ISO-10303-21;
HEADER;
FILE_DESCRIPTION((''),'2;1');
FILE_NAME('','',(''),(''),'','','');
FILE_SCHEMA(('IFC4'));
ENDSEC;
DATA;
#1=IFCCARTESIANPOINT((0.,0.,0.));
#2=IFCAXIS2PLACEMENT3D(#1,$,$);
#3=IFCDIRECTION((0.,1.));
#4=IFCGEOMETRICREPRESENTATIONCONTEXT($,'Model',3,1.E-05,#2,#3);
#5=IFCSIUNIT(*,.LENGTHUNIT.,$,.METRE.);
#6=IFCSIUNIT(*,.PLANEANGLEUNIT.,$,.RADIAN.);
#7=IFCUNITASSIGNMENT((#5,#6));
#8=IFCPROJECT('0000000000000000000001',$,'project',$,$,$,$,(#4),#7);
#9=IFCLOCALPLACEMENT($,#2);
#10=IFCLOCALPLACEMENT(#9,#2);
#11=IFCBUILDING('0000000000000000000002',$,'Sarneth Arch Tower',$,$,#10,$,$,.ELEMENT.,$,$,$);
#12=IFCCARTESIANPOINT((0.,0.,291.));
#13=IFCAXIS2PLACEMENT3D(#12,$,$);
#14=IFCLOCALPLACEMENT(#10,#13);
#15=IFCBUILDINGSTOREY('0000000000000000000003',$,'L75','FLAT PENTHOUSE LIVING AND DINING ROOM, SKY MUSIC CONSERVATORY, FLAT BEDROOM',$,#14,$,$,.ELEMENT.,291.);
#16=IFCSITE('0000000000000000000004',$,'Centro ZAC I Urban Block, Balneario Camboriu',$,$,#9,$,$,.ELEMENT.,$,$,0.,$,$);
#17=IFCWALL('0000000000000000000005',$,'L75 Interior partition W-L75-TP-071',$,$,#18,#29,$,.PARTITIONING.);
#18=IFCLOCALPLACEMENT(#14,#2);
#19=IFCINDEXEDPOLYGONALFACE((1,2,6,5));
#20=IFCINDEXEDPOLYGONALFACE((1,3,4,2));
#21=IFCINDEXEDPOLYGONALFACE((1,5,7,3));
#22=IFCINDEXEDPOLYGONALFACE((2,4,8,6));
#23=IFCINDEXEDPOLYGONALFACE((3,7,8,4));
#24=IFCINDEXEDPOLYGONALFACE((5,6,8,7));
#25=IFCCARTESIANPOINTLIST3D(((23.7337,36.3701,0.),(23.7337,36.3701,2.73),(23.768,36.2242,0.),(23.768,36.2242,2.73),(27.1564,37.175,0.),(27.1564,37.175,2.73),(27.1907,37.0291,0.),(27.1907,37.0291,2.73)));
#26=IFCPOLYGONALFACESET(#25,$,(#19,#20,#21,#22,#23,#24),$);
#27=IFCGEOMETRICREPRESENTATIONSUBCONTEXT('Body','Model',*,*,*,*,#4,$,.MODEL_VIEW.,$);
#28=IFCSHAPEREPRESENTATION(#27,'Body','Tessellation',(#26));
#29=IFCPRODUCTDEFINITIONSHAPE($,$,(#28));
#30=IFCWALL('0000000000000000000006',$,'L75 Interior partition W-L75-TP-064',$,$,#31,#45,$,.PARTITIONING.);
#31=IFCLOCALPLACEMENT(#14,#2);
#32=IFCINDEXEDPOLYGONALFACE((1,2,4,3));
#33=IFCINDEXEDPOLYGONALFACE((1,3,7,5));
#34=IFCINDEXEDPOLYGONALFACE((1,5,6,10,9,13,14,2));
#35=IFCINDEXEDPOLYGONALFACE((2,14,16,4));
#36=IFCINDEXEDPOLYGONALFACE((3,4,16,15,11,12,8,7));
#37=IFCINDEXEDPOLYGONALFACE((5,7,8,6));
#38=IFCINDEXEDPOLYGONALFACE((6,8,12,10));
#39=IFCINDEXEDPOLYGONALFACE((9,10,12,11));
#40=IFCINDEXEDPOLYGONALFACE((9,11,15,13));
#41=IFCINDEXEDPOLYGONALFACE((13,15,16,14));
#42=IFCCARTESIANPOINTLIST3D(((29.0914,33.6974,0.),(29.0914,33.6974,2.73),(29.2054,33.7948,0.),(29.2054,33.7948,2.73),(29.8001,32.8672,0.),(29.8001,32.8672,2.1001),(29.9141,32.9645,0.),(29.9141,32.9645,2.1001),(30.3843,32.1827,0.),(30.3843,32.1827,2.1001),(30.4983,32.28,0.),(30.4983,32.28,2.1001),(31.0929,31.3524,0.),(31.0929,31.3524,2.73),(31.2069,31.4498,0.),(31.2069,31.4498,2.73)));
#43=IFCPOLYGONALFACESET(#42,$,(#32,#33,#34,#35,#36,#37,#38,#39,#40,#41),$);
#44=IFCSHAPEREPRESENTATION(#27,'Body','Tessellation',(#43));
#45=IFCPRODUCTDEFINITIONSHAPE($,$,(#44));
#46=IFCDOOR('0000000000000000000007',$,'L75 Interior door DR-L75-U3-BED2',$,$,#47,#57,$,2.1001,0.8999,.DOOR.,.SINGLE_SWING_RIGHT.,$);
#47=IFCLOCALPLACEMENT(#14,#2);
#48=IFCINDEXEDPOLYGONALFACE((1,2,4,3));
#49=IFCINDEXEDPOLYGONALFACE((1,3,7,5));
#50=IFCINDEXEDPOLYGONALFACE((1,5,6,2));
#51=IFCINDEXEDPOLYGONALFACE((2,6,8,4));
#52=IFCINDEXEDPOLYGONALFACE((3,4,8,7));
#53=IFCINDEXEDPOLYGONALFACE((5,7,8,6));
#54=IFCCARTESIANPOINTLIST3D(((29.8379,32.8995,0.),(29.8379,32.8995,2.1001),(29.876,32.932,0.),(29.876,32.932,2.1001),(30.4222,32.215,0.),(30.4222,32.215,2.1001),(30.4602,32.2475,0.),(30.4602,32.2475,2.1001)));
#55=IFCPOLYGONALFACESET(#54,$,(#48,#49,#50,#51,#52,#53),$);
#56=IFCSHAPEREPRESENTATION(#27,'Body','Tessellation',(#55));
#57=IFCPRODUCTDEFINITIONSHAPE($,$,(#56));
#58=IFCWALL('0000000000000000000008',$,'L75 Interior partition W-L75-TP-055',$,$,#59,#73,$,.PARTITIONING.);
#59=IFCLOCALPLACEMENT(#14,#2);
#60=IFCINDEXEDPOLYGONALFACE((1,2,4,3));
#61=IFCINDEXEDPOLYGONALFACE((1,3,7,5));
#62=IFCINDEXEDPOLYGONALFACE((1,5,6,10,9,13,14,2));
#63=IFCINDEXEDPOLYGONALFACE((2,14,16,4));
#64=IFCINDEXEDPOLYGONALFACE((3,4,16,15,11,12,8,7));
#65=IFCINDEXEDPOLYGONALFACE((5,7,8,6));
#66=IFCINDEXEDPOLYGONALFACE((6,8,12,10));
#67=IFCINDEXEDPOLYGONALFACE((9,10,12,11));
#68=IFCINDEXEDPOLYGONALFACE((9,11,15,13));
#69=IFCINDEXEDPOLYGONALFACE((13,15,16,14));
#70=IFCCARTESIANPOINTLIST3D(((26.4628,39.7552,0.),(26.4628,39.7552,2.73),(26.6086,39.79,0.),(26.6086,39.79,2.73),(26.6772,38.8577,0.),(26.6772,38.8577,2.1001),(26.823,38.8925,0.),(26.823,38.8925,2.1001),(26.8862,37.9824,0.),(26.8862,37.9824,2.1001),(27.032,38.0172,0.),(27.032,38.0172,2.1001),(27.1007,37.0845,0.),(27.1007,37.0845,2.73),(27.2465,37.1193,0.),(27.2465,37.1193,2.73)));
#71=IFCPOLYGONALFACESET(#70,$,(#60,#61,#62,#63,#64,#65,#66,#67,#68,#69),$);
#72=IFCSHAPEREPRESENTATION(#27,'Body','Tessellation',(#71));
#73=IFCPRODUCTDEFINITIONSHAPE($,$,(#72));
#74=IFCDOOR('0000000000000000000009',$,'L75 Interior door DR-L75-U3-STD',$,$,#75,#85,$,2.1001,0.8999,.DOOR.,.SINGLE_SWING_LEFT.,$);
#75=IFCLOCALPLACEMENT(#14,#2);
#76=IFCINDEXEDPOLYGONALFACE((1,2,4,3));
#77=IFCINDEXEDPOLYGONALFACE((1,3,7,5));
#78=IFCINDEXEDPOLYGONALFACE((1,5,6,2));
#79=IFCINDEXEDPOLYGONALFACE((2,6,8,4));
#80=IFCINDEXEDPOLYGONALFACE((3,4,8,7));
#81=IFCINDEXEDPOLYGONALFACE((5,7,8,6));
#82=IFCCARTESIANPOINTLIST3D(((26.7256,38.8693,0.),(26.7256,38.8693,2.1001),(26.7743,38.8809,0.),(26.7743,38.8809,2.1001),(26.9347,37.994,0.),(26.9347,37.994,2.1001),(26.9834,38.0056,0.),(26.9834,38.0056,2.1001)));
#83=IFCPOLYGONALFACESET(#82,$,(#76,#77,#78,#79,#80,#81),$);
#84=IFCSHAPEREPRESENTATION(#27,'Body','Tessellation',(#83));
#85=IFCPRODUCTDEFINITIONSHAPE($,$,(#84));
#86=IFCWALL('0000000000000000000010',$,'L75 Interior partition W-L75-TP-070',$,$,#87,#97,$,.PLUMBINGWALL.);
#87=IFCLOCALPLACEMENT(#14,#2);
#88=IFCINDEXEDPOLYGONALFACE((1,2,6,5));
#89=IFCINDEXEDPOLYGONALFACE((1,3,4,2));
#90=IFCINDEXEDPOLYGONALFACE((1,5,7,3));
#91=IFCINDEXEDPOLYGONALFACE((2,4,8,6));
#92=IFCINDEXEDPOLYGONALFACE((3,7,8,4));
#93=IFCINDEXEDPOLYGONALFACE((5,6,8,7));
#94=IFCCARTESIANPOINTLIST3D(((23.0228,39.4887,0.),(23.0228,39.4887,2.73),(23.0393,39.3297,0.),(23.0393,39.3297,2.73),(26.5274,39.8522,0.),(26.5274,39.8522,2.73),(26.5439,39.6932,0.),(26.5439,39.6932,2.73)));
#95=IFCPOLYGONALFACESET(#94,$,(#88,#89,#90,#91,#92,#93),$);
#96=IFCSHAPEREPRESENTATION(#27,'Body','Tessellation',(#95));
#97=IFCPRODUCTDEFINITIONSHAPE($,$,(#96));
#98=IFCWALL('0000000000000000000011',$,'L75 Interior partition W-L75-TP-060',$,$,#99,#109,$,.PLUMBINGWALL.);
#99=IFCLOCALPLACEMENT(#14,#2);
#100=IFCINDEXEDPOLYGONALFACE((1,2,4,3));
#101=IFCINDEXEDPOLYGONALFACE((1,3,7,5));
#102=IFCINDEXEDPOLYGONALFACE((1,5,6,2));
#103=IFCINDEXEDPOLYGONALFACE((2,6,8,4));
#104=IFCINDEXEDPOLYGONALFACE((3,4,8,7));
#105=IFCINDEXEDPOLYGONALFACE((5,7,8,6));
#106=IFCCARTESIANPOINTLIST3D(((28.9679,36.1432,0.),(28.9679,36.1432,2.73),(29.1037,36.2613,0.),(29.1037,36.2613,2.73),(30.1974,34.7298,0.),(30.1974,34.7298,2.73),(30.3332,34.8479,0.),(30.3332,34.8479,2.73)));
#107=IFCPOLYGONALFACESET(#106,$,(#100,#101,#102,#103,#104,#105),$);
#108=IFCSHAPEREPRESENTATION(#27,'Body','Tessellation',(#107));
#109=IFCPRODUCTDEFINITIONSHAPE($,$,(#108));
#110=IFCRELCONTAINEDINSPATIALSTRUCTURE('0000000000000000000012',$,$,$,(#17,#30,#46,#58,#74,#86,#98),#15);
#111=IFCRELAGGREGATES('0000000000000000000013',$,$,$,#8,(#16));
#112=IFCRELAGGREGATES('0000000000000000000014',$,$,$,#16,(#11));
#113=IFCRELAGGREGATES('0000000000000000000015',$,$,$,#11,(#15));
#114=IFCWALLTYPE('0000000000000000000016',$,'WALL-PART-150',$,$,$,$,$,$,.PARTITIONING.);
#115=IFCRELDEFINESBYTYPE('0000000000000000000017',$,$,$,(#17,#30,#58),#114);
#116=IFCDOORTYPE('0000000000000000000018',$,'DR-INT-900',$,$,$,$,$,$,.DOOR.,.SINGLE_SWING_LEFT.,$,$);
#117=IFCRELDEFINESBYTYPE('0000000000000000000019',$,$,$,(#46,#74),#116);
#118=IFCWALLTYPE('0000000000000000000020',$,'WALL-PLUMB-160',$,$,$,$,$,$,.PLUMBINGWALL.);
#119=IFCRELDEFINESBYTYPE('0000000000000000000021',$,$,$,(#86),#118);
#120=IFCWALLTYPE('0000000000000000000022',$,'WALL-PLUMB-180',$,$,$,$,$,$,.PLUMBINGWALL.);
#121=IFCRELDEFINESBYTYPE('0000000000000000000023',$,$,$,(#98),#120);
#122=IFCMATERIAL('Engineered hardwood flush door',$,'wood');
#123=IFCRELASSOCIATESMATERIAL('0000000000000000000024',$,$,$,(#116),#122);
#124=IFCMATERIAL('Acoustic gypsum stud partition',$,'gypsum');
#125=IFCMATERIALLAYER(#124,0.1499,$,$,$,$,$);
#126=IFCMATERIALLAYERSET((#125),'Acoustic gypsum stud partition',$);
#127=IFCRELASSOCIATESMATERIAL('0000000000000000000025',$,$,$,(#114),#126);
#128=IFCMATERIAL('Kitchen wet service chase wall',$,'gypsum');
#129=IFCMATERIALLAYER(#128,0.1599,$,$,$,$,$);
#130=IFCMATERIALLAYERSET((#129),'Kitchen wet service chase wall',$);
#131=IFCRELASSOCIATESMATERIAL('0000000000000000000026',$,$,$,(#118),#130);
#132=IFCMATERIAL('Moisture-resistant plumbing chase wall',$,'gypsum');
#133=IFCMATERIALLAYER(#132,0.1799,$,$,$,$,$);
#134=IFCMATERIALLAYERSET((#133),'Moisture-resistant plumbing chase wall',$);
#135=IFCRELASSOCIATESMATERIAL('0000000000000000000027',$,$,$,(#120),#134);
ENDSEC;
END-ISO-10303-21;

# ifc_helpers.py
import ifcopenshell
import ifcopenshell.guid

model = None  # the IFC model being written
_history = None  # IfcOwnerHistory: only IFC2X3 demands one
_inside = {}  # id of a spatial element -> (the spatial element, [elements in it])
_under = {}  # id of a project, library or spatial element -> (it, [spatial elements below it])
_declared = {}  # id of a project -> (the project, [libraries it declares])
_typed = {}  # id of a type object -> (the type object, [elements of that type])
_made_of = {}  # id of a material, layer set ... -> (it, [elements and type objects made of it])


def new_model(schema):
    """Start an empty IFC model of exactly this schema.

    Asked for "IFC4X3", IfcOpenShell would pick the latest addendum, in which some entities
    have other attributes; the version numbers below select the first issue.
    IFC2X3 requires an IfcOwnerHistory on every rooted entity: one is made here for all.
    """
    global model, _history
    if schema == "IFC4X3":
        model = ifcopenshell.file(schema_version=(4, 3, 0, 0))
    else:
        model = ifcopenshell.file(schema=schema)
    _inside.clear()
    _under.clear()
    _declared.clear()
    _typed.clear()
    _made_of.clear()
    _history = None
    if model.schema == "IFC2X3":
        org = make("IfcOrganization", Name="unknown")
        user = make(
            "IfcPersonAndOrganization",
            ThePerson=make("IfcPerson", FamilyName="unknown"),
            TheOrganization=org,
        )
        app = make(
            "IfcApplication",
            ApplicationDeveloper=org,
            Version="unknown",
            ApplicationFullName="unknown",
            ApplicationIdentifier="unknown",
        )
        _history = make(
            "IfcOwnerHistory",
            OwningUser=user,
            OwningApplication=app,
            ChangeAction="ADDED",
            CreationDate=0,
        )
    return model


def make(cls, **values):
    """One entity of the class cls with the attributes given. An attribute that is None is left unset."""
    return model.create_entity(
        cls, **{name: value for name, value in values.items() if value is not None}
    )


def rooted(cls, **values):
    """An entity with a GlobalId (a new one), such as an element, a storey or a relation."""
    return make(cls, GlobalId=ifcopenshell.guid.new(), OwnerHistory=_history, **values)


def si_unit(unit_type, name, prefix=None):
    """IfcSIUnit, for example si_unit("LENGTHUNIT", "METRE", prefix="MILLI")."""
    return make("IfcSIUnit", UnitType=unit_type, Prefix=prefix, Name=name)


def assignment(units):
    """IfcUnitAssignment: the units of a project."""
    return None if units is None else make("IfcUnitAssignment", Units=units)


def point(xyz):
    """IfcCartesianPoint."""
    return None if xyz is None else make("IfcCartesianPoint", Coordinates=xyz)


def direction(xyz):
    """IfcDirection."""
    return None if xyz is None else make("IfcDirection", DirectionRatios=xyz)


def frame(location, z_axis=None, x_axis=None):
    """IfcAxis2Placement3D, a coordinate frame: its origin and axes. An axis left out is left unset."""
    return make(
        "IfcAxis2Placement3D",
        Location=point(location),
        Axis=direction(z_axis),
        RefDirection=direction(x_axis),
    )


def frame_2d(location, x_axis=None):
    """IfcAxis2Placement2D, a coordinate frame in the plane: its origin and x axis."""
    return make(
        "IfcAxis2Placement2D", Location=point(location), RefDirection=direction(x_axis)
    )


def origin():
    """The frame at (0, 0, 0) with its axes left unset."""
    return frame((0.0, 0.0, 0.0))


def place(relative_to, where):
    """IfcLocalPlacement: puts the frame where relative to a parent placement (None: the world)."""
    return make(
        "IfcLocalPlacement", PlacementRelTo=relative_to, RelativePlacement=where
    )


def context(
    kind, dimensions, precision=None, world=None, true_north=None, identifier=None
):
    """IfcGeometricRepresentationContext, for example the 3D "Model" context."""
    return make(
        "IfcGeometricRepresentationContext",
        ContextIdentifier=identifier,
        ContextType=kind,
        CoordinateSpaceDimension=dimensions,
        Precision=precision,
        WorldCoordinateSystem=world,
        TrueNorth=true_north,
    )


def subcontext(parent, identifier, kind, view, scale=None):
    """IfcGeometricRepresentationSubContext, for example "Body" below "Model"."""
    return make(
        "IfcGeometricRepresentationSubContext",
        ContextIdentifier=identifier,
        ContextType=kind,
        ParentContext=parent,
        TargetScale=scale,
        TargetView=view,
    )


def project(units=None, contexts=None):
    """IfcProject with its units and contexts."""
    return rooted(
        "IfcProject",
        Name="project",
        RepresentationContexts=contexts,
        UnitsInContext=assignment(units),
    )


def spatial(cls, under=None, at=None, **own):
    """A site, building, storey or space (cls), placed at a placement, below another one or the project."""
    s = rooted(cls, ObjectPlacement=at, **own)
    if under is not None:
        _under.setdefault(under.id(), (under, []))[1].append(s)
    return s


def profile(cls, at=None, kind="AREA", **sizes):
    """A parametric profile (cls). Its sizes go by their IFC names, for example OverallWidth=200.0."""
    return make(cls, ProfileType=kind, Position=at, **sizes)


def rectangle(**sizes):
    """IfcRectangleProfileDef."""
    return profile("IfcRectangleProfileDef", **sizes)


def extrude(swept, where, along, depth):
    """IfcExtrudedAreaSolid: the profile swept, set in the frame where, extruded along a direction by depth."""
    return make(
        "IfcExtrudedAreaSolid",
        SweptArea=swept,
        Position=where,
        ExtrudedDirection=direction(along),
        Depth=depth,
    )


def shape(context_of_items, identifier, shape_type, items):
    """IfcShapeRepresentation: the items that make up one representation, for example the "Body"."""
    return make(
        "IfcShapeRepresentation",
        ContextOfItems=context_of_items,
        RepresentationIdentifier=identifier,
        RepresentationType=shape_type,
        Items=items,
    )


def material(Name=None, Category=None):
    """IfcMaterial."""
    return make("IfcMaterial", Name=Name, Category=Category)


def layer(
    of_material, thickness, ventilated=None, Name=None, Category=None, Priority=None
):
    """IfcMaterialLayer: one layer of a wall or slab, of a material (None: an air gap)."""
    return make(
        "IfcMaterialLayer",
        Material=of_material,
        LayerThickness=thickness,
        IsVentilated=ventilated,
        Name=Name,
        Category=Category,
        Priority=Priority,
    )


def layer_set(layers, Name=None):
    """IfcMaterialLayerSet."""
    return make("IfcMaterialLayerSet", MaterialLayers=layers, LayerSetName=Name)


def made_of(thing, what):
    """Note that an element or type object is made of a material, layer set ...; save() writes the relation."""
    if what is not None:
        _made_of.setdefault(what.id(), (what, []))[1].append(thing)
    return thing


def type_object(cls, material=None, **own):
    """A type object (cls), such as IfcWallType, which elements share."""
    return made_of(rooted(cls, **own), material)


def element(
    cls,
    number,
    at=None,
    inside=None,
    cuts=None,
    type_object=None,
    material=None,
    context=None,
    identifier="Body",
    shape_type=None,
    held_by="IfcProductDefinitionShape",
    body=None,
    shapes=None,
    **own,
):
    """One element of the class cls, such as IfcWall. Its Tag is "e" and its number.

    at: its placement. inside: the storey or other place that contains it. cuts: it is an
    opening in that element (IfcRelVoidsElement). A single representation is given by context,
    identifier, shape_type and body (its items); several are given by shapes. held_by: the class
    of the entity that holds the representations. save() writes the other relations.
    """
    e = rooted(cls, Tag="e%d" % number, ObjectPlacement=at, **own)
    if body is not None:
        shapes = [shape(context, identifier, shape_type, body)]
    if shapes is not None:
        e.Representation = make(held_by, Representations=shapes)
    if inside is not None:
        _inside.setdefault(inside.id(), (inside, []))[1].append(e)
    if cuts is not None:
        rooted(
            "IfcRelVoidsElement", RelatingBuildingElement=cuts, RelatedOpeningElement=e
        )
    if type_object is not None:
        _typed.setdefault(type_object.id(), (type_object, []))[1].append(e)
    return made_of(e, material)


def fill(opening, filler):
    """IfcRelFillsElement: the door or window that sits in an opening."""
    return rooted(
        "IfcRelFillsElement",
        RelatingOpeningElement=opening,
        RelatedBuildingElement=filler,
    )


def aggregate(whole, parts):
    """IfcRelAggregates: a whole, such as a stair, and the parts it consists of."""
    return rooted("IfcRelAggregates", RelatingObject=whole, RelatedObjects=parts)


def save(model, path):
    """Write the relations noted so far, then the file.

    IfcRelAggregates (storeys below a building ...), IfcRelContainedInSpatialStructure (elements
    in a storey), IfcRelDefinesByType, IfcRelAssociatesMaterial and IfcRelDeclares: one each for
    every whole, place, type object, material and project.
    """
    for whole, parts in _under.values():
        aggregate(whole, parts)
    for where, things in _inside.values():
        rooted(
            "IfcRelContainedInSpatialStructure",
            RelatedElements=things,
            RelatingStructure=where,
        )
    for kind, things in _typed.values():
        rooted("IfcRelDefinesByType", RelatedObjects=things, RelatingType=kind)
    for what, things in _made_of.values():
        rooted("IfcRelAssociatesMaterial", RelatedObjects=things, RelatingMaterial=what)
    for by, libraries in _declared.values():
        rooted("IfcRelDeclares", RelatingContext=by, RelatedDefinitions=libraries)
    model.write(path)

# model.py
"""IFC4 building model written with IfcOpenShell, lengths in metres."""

from ifc_helpers import new_model, si_unit, direction, frame, frame_2d, origin, place, context, subcontext, project, spatial, rectangle, extrude, material, layer, layer_set, type_object, element, fill, save


model = new_model("IFC4")

# Units and contexts
model_context = context("Model", 3, precision=1e-05, world=origin(), true_north=direction((0.0, 1.0)))
body_context = subcontext(model_context, "Body", "Model", "MODEL_VIEW")
ifc_project = project(units=[si_unit("LENGTHUNIT", "METRE"), si_unit("PLANEANGLEUNIT", "RADIAN")], contexts=[model_context])

# Site, building, storey
site_placement = place(None, origin())
site = spatial("IfcSite", under=ifc_project, at=site_placement, Name="Centro ZAC I Urban Block, Balneario Camboriu", CompositionType="ELEMENT", RefElevation=0.0)
building_placement = place(site_placement, origin())
building = spatial("IfcBuilding", under=site, at=building_placement, Name="Sarneth Arch Tower", CompositionType="ELEMENT")
storey_placement = place(building_placement, frame((0.0, 0.0, 291.0)))
storey = spatial("IfcBuildingStorey", under=building, at=storey_placement, Name="L75", Description="FLAT PENTHOUSE LIVING AND DINING ROOM, SKY MUSIC CONSERVATORY, FLAT BEDROOM", CompositionType="ELEMENT", Elevation=291.0)

# Shared definitions
ifc_material_1 = material(Name="Engineered hardwood flush door", Category="wood")
door_type = type_object("IfcDoorType", Name="DR-INT-900", OperationType="SINGLE_SWING_LEFT", PredefinedType="DOOR", material=ifc_material_1)

# Wall
ifc_material_2 = material(Name="Acoustic gypsum stud partition", Category="gypsum")
ifc_layer_1 = layer(ifc_material_2, 0.1499)
ifc_layer_set_1 = layer_set([ifc_layer_1], Name="Acoustic gypsum stud partition")
wall_type_1 = type_object("IfcWallType", Name="WALL-PART-150", PredefinedType="PARTITIONING", material=ifc_layer_set_1)
wall_1_placement = place(storey_placement, frame((27.1736, 37.1021, 0.0), z_axis=(0.0, 0.0, 1.0), x_axis=(-0.973445, -0.228919, 0.0)))
element("IfcWall", 1, at=wall_1_placement, inside=storey, type_object=wall_type_1, Name="L75 Interior partition W-L75-TP-071", PredefinedType="PARTITIONING", context=body_context, shape_type="SweptSolid", body=[
    extrude(rectangle(XDim=3.5161, YDim=0.1499, at=frame_2d((1.7581, 0.0))), origin(), (0.0, 0.0, 1.0), 2.73),
])

# Walls, openings, doors
wall_2_placement = place(storey_placement, frame((29.1484, 33.7461, 0.0), z_axis=(0.0, 0.0, 1.0), x_axis=(0.649199, -0.760619, 0.0)))
wall_2 = element("IfcWall", 2, at=wall_2_placement, inside=storey, type_object=wall_type_1, Name="L75 Interior partition W-L75-TP-064", PredefinedType="PARTITIONING", context=body_context, shape_type="SweptSolid", body=[
    extrude(rectangle(XDim=3.083, YDim=0.1499, at=frame_2d((1.5415, 0.0))), origin(), (0.0, 0.0, 1.0), 2.73),
])
opening_1_placement = place(wall_2_placement, frame((1.0916, 0.0, 0.0)))
opening_1 = element("IfcOpeningElement", 3, at=opening_1_placement, cuts=wall_2, PredefinedType="OPENING", context=body_context, shape_type="SweptSolid", body=[
    extrude(rectangle(XDim=0.8999, YDim=2.1001, at=frame_2d((0.45, 1.05))), frame((0.0, 0.085, 0.0), z_axis=(0.0, -1.0, 0.0), x_axis=(1.0, 0.0, 0.0)), (0.0, 0.0, 1.0), 0.1699),
])
door_1_placement = place(opening_1_placement, origin())
door_1 = element("IfcDoor", 4, at=door_1_placement, inside=storey, type_object=door_type, Name="L75 Interior door DR-L75-U3-BED2", OperationType="SINGLE_SWING_RIGHT", OverallHeight=2.1001, OverallWidth=0.8999, PredefinedType="DOOR", context=body_context, shape_type="SweptSolid", body=[
    extrude(rectangle(XDim=0.8999, YDim=2.1001, at=frame_2d((0.45, 1.05))), frame((0.0, 0.0249, 0.0), z_axis=(0.0, -1.0, 0.0), x_axis=(1.0, 0.0, 0.0)), (0.0, 0.0, 1.0), 0.05),
])
fill(opening_1, door_1)
wall_3_placement = place(storey_placement, frame((26.5356, 39.7727, 0.0), z_axis=(0.0, 0.0, 1.0), x_axis=(0.232334, -0.972636, 0.0)))
wall_3 = element("IfcWall", 5, at=wall_3_placement, inside=storey, type_object=wall_type_1, Name="L75 Interior partition W-L75-TP-055", PredefinedType="PARTITIONING", context=body_context, shape_type="SweptSolid", body=[
    extrude(rectangle(XDim=2.7458, YDim=0.1499, at=frame_2d((1.373, 0.0))), origin(), (0.0, 0.0, 1.0), 2.73),
])
opening_2_placement = place(wall_3_placement, frame((0.9229, 0.0, 0.0)))
opening_2 = element("IfcOpeningElement", 6, at=opening_2_placement, cuts=wall_3, PredefinedType="OPENING", context=body_context, shape_type="SweptSolid", body=[
    extrude(rectangle(XDim=0.8999, YDim=2.1001, at=frame_2d((0.45, 1.05))), frame((0.0, 0.085, 0.0), z_axis=(0.0, -1.0, 0.0), x_axis=(1.0, 0.0, 0.0)), (0.0, 0.0, 1.0), 0.1699),
])
door_2_placement = place(opening_2_placement, origin())
door_2 = element("IfcDoor", 7, at=door_2_placement, inside=storey, type_object=door_type, Name="L75 Interior door DR-L75-U3-STD", OperationType="SINGLE_SWING_LEFT", OverallHeight=2.1001, OverallWidth=0.8999, PredefinedType="DOOR", context=body_context, shape_type="SweptSolid", body=[
    extrude(rectangle(XDim=0.8999, YDim=2.1001, at=frame_2d((0.45, 1.05))), frame((0.0, 0.0249, 0.0), z_axis=(0.0, -1.0, 0.0), x_axis=(1.0, 0.0, 0.0)), (0.0, 0.0, 1.0), 0.05),
])
fill(opening_2, door_2)

# Walls
ifc_material_3 = material(Name="Kitchen wet service chase wall", Category="gypsum")
ifc_layer_2 = layer(ifc_material_3, 0.1599)
ifc_layer_set_2 = layer_set([ifc_layer_2], Name="Kitchen wet service chase wall")
wall_type_2 = type_object("IfcWallType", Name="WALL-PLUMB-160", PredefinedType="PLUMBINGWALL", material=ifc_layer_set_2)
wall_4_placement = place(storey_placement, frame((26.5356, 39.7727, 0.0), z_axis=(0.0, 0.0, 1.0), x_axis=(-0.994663, -0.103173, 0.0)))
element("IfcWall", 8, at=wall_4_placement, inside=storey, type_object=wall_type_2, Name="L75 Interior partition W-L75-TP-070", PredefinedType="PLUMBINGWALL", context=body_context, shape_type="SweptSolid", body=[
    extrude(rectangle(XDim=3.5234, YDim=0.1599, at=frame_2d((1.7617, 0.0))), origin(), (0.0, 0.0, 1.0), 2.73),
])
ifc_material_4 = material(Name="Moisture-resistant plumbing chase wall", Category="gypsum")
ifc_layer_3 = layer(ifc_material_4, 0.1799)
ifc_layer_set_3 = layer_set([ifc_layer_3], Name="Moisture-resistant plumbing chase wall")
wall_type_3 = type_object("IfcWallType", Name="WALL-PLUMB-180", PredefinedType="PLUMBINGWALL", material=ifc_layer_set_3)
wall_5_placement = place(storey_placement, frame((29.0359, 36.2021, 0.0), z_axis=(0.0, 0.0, 1.0), x_axis=(0.656334, -0.754471, 0.0)))
element("IfcWall", 9, at=wall_5_placement, inside=storey, type_object=wall_type_3, Name="L75 Interior partition W-L75-TP-060", PredefinedType="PLUMBINGWALL", context=body_context, shape_type="SweptSolid", body=[
    extrude(rectangle(XDim=1.8733, YDim=0.1799, at=frame_2d((0.9365, 0.0))), origin(), (0.0, 0.0, 1.0), 2.73),
])

save(model, "model.ifc")
